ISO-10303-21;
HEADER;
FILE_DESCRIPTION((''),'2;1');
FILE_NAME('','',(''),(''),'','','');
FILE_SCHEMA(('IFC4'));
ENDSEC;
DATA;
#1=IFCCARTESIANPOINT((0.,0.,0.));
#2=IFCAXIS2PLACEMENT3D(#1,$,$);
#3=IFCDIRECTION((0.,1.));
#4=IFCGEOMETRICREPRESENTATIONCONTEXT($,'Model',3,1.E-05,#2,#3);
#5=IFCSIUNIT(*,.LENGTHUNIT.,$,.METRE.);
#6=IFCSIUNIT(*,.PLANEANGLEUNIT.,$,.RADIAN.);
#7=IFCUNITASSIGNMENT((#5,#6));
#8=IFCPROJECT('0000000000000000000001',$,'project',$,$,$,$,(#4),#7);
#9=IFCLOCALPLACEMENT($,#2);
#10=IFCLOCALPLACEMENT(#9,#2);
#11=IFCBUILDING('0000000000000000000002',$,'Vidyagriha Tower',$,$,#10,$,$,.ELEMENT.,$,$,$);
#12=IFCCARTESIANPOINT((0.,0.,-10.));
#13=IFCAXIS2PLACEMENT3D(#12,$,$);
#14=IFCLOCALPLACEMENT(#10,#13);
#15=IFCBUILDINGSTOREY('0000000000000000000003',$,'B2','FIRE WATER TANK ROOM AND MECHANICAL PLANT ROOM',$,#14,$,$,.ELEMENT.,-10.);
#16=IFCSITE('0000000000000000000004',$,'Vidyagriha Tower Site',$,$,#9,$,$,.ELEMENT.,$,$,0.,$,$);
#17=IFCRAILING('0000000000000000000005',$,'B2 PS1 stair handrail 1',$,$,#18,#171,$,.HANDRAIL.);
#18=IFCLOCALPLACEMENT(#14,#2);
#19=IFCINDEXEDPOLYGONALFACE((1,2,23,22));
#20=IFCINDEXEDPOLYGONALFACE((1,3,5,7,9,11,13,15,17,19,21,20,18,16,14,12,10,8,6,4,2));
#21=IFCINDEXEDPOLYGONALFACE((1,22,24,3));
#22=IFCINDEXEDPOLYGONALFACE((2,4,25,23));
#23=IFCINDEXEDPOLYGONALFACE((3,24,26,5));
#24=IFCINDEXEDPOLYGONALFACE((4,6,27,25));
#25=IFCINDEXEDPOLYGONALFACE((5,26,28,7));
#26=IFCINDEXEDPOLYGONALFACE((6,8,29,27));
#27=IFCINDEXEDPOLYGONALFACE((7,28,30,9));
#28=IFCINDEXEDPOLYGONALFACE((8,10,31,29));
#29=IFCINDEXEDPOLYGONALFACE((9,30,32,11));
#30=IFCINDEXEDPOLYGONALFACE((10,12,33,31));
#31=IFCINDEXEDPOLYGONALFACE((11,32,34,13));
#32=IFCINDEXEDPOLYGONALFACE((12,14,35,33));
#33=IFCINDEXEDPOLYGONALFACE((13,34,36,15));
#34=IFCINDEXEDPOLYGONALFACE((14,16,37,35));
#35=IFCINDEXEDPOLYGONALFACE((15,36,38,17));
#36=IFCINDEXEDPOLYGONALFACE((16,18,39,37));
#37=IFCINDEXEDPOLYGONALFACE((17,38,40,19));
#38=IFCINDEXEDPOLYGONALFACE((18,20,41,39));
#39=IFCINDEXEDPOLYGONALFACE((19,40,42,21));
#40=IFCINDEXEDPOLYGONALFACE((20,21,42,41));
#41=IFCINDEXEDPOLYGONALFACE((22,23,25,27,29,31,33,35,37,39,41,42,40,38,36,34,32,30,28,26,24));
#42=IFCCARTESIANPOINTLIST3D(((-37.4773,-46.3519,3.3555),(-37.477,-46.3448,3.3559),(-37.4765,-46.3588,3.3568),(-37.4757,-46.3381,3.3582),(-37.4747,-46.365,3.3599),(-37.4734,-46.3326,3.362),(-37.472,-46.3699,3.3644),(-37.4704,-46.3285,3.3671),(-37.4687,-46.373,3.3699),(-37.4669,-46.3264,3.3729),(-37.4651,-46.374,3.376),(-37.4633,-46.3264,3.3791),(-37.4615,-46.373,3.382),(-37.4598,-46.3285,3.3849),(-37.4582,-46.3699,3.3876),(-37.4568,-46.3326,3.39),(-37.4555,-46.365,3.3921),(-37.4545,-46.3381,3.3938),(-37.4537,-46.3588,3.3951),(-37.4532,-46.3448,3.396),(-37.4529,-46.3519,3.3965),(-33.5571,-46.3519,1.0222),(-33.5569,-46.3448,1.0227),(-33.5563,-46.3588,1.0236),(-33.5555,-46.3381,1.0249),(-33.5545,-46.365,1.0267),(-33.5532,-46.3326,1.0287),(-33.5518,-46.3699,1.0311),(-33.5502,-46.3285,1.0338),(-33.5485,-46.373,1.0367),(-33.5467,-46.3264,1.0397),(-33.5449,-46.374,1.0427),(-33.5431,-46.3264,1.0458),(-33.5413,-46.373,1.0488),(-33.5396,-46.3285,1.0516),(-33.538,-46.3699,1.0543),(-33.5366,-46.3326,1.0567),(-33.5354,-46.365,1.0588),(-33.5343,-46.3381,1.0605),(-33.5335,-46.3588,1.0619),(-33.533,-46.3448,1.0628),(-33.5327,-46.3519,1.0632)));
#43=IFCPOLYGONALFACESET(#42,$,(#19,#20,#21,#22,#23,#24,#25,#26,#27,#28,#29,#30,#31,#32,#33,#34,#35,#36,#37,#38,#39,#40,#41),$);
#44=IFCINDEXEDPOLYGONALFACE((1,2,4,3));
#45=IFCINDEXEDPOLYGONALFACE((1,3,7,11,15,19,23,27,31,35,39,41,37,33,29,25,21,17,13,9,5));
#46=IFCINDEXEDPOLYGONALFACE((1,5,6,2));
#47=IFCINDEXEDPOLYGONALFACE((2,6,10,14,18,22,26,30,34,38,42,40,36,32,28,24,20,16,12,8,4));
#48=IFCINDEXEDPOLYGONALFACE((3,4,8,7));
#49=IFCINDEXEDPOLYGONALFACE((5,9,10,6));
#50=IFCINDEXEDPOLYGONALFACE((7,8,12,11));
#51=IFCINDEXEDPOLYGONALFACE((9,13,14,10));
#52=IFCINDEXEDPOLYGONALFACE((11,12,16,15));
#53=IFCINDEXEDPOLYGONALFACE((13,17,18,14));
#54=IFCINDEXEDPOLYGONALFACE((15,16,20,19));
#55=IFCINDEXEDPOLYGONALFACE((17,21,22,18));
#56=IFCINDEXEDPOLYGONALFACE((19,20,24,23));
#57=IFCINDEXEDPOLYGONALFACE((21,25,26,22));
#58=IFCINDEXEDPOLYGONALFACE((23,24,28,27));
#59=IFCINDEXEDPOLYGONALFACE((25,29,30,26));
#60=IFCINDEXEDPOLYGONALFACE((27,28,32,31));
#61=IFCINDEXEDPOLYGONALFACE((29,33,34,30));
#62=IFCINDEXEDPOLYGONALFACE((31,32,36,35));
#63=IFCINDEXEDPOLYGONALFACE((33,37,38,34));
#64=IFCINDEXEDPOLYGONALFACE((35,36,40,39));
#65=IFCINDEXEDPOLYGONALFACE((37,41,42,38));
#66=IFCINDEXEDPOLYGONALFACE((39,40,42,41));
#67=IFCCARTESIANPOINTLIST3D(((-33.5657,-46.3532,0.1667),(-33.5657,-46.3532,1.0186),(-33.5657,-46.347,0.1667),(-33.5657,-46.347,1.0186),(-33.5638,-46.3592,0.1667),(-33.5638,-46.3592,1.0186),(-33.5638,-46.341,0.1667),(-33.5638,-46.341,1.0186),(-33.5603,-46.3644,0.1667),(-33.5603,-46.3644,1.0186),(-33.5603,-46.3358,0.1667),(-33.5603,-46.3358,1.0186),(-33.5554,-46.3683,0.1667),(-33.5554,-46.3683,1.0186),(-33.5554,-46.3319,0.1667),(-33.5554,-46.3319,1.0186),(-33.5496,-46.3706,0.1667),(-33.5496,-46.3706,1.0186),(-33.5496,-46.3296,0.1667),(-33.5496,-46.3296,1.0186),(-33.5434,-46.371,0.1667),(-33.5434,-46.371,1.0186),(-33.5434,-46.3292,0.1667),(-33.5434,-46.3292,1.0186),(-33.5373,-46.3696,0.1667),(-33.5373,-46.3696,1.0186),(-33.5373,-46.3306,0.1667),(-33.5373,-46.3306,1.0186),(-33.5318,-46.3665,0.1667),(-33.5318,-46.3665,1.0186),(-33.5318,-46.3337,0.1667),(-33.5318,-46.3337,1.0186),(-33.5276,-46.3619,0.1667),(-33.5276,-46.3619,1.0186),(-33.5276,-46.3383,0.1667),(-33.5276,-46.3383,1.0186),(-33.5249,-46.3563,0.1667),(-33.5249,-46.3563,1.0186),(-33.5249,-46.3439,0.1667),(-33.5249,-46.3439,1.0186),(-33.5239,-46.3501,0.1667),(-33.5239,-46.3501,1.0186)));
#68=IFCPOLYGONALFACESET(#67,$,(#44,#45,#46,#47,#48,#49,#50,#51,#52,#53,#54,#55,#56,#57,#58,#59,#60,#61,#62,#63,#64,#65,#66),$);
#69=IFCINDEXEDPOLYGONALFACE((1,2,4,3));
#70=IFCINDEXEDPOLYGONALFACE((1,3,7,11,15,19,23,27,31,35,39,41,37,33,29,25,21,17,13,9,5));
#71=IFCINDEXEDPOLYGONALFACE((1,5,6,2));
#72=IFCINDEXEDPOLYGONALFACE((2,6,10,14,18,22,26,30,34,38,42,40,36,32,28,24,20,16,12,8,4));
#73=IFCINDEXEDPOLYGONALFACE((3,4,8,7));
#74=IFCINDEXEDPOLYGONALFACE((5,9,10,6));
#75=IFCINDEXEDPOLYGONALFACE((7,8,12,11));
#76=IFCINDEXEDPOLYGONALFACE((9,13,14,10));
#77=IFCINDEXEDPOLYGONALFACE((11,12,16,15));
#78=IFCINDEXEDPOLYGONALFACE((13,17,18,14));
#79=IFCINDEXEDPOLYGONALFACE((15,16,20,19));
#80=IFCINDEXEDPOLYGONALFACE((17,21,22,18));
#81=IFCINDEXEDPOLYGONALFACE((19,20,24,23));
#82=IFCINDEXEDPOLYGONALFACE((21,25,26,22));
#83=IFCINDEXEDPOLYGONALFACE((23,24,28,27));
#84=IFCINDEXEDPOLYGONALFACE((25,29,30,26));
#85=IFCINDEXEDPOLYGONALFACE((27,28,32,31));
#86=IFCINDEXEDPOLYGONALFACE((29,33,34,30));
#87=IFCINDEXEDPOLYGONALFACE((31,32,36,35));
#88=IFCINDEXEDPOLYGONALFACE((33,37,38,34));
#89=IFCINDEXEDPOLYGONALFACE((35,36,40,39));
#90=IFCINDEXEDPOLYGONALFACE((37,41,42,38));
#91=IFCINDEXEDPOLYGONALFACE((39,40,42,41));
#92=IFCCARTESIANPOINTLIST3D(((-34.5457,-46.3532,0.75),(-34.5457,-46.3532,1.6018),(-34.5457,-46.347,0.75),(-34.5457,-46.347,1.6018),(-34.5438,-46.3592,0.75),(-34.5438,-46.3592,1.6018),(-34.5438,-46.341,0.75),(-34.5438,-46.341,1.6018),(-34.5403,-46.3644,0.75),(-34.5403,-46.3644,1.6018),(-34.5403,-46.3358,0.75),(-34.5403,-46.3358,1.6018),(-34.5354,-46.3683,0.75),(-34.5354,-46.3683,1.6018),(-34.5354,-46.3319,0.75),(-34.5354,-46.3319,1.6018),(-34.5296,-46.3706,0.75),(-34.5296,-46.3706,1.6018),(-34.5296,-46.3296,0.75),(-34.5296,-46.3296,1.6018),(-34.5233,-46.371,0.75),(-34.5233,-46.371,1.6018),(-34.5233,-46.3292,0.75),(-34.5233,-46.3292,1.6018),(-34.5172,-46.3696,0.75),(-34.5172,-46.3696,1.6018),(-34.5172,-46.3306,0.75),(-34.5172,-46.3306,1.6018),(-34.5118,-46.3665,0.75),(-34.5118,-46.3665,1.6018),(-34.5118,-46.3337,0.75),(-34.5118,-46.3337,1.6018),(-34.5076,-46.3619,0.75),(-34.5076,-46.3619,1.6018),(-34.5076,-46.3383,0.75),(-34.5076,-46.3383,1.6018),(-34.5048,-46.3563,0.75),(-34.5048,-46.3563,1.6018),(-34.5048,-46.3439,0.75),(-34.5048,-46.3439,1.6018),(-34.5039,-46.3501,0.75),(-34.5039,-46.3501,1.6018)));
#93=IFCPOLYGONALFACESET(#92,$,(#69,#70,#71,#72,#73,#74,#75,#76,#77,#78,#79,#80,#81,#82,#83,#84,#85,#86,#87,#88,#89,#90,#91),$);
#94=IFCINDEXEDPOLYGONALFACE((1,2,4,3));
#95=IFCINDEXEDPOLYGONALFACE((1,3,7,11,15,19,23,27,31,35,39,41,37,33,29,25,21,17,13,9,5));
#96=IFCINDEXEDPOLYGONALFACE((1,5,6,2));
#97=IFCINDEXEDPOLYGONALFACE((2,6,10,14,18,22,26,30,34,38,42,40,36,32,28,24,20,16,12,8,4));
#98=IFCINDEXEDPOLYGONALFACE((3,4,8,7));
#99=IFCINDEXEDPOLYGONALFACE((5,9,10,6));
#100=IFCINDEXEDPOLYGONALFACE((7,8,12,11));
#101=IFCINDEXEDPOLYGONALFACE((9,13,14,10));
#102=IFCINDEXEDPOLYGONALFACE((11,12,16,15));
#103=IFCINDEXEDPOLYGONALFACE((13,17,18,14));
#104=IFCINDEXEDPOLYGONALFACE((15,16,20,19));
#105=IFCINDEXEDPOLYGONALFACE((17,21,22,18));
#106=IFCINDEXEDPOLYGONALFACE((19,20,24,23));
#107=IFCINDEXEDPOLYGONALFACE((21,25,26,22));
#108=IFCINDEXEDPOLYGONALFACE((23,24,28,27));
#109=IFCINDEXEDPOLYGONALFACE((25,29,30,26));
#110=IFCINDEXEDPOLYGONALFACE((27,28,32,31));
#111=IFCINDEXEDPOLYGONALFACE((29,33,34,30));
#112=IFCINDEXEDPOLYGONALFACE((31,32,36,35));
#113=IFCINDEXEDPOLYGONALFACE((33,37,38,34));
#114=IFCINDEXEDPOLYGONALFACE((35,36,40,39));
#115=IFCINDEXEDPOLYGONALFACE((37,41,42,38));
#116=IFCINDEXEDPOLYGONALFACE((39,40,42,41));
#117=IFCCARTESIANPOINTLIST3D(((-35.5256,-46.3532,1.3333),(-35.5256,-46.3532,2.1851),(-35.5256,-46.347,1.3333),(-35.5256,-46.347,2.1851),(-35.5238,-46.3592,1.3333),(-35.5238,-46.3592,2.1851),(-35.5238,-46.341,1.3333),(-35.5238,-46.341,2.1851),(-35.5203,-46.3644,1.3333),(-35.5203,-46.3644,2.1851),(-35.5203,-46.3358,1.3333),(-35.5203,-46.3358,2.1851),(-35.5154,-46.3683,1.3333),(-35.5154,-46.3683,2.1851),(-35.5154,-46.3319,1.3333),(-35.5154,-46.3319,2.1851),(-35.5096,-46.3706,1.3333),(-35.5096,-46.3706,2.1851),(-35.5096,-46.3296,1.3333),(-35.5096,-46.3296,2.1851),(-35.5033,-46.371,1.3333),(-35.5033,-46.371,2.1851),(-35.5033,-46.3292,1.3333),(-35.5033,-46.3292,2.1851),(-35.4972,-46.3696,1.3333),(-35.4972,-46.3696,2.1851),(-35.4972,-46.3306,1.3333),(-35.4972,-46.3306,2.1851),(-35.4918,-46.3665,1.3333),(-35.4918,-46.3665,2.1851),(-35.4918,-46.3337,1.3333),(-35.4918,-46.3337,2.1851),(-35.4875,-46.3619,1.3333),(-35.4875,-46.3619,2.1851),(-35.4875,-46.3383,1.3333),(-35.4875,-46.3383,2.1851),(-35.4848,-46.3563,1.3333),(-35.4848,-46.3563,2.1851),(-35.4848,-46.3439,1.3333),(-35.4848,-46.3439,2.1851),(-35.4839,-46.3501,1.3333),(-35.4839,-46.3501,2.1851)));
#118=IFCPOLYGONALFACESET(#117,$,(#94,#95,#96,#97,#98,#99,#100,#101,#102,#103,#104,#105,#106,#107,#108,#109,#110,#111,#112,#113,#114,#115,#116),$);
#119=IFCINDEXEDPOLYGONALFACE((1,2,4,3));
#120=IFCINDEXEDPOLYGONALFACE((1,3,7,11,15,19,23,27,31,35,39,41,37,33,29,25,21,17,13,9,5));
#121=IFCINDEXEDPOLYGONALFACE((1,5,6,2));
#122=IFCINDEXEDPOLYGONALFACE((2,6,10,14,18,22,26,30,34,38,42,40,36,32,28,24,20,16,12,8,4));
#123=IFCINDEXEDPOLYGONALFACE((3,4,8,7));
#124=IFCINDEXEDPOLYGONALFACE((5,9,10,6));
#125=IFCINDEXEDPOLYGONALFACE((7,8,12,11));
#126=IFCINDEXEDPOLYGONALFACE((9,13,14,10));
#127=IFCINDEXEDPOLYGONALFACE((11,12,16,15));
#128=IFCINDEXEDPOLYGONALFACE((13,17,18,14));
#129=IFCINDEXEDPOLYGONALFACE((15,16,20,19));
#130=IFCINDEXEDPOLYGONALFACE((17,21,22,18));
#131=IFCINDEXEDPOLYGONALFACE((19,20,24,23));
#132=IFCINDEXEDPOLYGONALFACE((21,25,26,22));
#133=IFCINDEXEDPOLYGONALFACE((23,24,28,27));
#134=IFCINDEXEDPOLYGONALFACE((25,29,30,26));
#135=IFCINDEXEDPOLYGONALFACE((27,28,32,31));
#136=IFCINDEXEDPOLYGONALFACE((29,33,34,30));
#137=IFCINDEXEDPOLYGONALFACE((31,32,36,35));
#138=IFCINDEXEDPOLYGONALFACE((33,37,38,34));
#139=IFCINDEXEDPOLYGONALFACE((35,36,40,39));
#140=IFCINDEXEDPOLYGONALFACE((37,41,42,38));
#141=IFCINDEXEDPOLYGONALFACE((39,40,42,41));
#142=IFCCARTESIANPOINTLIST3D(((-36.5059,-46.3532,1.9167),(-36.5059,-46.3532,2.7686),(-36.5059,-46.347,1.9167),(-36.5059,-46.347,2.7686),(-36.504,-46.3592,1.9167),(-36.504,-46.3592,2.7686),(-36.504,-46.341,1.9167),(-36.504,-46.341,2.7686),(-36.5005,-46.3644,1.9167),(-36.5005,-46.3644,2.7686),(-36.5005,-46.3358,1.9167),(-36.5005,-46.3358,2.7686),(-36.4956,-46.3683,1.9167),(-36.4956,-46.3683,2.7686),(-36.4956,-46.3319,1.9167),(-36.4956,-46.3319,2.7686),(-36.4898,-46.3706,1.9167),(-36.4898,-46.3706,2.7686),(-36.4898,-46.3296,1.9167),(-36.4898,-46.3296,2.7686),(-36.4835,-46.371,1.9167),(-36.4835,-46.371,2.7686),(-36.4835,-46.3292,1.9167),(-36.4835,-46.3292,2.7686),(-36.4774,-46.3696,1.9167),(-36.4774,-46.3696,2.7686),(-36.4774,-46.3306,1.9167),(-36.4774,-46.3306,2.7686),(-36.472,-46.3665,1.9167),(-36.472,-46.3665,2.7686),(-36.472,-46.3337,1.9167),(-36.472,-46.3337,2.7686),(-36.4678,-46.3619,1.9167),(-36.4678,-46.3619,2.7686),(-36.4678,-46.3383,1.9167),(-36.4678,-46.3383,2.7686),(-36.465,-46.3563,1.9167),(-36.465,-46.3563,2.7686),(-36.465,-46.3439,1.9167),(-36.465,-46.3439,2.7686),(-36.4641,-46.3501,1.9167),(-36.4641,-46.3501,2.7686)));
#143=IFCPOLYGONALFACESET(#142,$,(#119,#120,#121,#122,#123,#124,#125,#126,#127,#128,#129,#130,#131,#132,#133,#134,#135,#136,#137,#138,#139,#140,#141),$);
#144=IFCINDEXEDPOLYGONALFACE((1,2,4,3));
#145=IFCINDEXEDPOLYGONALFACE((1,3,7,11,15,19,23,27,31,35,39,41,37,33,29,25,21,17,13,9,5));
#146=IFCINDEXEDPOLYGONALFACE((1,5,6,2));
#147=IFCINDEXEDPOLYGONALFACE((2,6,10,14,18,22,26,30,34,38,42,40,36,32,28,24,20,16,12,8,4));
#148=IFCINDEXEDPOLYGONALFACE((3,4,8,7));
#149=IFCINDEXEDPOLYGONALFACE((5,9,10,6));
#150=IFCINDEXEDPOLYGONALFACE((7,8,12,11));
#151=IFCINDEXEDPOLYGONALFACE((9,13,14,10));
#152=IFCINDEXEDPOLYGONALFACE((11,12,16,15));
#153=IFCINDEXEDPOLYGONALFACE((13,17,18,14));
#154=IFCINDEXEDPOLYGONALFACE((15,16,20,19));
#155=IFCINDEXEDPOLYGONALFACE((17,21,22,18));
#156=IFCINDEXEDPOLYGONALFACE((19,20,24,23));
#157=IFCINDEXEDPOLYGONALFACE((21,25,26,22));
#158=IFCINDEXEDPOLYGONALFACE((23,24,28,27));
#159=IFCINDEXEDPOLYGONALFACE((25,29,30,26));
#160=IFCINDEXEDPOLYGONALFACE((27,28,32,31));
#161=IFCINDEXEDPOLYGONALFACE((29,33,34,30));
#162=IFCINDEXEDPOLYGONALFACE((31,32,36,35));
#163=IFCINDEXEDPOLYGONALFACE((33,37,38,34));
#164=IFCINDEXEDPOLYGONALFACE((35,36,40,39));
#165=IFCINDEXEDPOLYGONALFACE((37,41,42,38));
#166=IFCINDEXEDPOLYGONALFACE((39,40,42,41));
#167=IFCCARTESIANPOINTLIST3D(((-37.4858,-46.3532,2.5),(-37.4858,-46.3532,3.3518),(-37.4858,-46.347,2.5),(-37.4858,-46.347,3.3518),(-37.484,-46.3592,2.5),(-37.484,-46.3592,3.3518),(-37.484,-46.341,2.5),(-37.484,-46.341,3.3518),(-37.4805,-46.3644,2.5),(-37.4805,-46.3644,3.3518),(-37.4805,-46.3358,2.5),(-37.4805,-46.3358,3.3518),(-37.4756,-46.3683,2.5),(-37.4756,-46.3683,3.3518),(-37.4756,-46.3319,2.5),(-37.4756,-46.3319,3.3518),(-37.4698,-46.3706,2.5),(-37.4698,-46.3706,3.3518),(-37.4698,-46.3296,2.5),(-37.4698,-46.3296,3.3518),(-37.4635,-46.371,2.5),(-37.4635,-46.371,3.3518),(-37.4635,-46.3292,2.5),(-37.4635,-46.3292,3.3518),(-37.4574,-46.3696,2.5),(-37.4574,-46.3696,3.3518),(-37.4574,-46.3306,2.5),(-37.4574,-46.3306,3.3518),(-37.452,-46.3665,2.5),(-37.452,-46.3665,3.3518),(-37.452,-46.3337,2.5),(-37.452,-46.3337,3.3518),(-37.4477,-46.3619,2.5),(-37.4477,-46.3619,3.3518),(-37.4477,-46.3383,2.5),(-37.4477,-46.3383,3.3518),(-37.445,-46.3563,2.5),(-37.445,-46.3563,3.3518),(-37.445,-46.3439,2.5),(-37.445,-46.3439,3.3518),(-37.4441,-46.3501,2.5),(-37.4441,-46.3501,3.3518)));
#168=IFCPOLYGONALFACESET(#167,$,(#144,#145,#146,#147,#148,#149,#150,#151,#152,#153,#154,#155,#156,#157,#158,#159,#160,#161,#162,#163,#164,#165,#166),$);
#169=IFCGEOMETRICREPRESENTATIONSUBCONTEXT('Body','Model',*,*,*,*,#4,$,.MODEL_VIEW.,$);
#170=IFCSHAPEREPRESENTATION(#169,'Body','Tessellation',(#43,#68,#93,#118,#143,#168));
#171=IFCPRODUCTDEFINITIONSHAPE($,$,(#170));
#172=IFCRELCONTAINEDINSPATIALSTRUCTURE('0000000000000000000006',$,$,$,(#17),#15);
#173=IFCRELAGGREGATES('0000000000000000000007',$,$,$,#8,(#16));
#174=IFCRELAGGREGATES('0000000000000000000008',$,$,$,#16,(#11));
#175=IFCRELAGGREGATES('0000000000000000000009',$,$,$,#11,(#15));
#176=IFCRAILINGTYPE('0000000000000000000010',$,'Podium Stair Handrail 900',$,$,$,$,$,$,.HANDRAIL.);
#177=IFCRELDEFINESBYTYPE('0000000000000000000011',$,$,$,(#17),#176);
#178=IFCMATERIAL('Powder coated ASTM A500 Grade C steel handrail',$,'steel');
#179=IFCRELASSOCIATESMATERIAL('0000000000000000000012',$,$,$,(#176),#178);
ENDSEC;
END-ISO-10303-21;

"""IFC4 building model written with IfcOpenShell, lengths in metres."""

from ifc_helpers import new_model, si_unit, direction, frame, origin, origin_2d, place, context, subcontext, project, spatial, circle, extrude, material, type_object, element, save


model = new_model("IFC4")

# Units and contexts
model_context = context("Model", 3, precision=1e-05, world=origin(), true_north=direction((0.0, 1.0)))
body_context = subcontext(model_context, "Body", "Model", "MODEL_VIEW")
ifc_project = project(units=[si_unit("LENGTHUNIT", "METRE"), si_unit("PLANEANGLEUNIT", "RADIAN")], contexts=[model_context])

# Site, building, storey
site_placement = place(None, origin())
site = spatial("IfcSite", under=ifc_project, at=site_placement, Name="Vidyagriha Tower Site", CompositionType="ELEMENT", RefElevation=0.0)
building_placement = place(site_placement, origin())
building = spatial("IfcBuilding", under=site, at=building_placement, Name="Vidyagriha Tower", CompositionType="ELEMENT")
storey_placement = place(building_placement, frame((0.0, 0.0, -10.0)))
storey = spatial("IfcBuildingStorey", under=building, at=storey_placement, Name="B2", Description="FIRE WATER TANK ROOM AND MECHANICAL PLANT ROOM", CompositionType="ELEMENT", Elevation=-10.0)

# Railing
ifc_material_1 = material(Name="Powder coated ASTM A500 Grade C steel handrail", Category="steel")
railing_type_1 = type_object("IfcRailingType", Name="Podium Stair Handrail 900", PredefinedType="HANDRAIL", material=ifc_material_1)
railing_1_placement = place(storey_placement, frame((-33.5449, -46.3501, 0.1667)))
element("IfcRailing", 1, at=railing_1_placement, inside=storey, type_object=railing_type_1, Name="B2 PS1 stair handrail 1", PredefinedType="HANDRAIL", context=body_context, shape_type="SweptSolid", body=[
    extrude(circle(Radius=0.0239, at=origin_2d()), frame((0.0, 0.0, 0.876), z_axis=(-0.85931, 0.0, 0.511455), x_axis=(0.0, -1.0, 0.0)), (0.0, 0.0, 1.0), 4.562),
    extrude(circle(Radius=0.021, at=origin_2d()), origin(), (0.0, 0.0, 1.0), 0.8518),
    extrude(circle(Radius=0.021, at=origin_2d()), frame((-0.98, 0.0, 0.5833)), (0.0, 0.0, 1.0), 0.8518),
    extrude(circle(Radius=0.021, at=origin_2d()), frame((-1.96, 0.0, 1.1665)), (0.0, 0.0, 1.0), 0.8518),
    extrude(circle(Radius=0.021, at=origin_2d()), frame((-2.9402, 0.0, 1.75)), (0.0, 0.0, 1.0), 0.8518),
    extrude(circle(Radius=0.021, at=origin_2d()), frame((-3.9202, 0.0, 2.3333)), (0.0, 0.0, 1.0), 0.8518),
])

save(model, "model.ifc")
